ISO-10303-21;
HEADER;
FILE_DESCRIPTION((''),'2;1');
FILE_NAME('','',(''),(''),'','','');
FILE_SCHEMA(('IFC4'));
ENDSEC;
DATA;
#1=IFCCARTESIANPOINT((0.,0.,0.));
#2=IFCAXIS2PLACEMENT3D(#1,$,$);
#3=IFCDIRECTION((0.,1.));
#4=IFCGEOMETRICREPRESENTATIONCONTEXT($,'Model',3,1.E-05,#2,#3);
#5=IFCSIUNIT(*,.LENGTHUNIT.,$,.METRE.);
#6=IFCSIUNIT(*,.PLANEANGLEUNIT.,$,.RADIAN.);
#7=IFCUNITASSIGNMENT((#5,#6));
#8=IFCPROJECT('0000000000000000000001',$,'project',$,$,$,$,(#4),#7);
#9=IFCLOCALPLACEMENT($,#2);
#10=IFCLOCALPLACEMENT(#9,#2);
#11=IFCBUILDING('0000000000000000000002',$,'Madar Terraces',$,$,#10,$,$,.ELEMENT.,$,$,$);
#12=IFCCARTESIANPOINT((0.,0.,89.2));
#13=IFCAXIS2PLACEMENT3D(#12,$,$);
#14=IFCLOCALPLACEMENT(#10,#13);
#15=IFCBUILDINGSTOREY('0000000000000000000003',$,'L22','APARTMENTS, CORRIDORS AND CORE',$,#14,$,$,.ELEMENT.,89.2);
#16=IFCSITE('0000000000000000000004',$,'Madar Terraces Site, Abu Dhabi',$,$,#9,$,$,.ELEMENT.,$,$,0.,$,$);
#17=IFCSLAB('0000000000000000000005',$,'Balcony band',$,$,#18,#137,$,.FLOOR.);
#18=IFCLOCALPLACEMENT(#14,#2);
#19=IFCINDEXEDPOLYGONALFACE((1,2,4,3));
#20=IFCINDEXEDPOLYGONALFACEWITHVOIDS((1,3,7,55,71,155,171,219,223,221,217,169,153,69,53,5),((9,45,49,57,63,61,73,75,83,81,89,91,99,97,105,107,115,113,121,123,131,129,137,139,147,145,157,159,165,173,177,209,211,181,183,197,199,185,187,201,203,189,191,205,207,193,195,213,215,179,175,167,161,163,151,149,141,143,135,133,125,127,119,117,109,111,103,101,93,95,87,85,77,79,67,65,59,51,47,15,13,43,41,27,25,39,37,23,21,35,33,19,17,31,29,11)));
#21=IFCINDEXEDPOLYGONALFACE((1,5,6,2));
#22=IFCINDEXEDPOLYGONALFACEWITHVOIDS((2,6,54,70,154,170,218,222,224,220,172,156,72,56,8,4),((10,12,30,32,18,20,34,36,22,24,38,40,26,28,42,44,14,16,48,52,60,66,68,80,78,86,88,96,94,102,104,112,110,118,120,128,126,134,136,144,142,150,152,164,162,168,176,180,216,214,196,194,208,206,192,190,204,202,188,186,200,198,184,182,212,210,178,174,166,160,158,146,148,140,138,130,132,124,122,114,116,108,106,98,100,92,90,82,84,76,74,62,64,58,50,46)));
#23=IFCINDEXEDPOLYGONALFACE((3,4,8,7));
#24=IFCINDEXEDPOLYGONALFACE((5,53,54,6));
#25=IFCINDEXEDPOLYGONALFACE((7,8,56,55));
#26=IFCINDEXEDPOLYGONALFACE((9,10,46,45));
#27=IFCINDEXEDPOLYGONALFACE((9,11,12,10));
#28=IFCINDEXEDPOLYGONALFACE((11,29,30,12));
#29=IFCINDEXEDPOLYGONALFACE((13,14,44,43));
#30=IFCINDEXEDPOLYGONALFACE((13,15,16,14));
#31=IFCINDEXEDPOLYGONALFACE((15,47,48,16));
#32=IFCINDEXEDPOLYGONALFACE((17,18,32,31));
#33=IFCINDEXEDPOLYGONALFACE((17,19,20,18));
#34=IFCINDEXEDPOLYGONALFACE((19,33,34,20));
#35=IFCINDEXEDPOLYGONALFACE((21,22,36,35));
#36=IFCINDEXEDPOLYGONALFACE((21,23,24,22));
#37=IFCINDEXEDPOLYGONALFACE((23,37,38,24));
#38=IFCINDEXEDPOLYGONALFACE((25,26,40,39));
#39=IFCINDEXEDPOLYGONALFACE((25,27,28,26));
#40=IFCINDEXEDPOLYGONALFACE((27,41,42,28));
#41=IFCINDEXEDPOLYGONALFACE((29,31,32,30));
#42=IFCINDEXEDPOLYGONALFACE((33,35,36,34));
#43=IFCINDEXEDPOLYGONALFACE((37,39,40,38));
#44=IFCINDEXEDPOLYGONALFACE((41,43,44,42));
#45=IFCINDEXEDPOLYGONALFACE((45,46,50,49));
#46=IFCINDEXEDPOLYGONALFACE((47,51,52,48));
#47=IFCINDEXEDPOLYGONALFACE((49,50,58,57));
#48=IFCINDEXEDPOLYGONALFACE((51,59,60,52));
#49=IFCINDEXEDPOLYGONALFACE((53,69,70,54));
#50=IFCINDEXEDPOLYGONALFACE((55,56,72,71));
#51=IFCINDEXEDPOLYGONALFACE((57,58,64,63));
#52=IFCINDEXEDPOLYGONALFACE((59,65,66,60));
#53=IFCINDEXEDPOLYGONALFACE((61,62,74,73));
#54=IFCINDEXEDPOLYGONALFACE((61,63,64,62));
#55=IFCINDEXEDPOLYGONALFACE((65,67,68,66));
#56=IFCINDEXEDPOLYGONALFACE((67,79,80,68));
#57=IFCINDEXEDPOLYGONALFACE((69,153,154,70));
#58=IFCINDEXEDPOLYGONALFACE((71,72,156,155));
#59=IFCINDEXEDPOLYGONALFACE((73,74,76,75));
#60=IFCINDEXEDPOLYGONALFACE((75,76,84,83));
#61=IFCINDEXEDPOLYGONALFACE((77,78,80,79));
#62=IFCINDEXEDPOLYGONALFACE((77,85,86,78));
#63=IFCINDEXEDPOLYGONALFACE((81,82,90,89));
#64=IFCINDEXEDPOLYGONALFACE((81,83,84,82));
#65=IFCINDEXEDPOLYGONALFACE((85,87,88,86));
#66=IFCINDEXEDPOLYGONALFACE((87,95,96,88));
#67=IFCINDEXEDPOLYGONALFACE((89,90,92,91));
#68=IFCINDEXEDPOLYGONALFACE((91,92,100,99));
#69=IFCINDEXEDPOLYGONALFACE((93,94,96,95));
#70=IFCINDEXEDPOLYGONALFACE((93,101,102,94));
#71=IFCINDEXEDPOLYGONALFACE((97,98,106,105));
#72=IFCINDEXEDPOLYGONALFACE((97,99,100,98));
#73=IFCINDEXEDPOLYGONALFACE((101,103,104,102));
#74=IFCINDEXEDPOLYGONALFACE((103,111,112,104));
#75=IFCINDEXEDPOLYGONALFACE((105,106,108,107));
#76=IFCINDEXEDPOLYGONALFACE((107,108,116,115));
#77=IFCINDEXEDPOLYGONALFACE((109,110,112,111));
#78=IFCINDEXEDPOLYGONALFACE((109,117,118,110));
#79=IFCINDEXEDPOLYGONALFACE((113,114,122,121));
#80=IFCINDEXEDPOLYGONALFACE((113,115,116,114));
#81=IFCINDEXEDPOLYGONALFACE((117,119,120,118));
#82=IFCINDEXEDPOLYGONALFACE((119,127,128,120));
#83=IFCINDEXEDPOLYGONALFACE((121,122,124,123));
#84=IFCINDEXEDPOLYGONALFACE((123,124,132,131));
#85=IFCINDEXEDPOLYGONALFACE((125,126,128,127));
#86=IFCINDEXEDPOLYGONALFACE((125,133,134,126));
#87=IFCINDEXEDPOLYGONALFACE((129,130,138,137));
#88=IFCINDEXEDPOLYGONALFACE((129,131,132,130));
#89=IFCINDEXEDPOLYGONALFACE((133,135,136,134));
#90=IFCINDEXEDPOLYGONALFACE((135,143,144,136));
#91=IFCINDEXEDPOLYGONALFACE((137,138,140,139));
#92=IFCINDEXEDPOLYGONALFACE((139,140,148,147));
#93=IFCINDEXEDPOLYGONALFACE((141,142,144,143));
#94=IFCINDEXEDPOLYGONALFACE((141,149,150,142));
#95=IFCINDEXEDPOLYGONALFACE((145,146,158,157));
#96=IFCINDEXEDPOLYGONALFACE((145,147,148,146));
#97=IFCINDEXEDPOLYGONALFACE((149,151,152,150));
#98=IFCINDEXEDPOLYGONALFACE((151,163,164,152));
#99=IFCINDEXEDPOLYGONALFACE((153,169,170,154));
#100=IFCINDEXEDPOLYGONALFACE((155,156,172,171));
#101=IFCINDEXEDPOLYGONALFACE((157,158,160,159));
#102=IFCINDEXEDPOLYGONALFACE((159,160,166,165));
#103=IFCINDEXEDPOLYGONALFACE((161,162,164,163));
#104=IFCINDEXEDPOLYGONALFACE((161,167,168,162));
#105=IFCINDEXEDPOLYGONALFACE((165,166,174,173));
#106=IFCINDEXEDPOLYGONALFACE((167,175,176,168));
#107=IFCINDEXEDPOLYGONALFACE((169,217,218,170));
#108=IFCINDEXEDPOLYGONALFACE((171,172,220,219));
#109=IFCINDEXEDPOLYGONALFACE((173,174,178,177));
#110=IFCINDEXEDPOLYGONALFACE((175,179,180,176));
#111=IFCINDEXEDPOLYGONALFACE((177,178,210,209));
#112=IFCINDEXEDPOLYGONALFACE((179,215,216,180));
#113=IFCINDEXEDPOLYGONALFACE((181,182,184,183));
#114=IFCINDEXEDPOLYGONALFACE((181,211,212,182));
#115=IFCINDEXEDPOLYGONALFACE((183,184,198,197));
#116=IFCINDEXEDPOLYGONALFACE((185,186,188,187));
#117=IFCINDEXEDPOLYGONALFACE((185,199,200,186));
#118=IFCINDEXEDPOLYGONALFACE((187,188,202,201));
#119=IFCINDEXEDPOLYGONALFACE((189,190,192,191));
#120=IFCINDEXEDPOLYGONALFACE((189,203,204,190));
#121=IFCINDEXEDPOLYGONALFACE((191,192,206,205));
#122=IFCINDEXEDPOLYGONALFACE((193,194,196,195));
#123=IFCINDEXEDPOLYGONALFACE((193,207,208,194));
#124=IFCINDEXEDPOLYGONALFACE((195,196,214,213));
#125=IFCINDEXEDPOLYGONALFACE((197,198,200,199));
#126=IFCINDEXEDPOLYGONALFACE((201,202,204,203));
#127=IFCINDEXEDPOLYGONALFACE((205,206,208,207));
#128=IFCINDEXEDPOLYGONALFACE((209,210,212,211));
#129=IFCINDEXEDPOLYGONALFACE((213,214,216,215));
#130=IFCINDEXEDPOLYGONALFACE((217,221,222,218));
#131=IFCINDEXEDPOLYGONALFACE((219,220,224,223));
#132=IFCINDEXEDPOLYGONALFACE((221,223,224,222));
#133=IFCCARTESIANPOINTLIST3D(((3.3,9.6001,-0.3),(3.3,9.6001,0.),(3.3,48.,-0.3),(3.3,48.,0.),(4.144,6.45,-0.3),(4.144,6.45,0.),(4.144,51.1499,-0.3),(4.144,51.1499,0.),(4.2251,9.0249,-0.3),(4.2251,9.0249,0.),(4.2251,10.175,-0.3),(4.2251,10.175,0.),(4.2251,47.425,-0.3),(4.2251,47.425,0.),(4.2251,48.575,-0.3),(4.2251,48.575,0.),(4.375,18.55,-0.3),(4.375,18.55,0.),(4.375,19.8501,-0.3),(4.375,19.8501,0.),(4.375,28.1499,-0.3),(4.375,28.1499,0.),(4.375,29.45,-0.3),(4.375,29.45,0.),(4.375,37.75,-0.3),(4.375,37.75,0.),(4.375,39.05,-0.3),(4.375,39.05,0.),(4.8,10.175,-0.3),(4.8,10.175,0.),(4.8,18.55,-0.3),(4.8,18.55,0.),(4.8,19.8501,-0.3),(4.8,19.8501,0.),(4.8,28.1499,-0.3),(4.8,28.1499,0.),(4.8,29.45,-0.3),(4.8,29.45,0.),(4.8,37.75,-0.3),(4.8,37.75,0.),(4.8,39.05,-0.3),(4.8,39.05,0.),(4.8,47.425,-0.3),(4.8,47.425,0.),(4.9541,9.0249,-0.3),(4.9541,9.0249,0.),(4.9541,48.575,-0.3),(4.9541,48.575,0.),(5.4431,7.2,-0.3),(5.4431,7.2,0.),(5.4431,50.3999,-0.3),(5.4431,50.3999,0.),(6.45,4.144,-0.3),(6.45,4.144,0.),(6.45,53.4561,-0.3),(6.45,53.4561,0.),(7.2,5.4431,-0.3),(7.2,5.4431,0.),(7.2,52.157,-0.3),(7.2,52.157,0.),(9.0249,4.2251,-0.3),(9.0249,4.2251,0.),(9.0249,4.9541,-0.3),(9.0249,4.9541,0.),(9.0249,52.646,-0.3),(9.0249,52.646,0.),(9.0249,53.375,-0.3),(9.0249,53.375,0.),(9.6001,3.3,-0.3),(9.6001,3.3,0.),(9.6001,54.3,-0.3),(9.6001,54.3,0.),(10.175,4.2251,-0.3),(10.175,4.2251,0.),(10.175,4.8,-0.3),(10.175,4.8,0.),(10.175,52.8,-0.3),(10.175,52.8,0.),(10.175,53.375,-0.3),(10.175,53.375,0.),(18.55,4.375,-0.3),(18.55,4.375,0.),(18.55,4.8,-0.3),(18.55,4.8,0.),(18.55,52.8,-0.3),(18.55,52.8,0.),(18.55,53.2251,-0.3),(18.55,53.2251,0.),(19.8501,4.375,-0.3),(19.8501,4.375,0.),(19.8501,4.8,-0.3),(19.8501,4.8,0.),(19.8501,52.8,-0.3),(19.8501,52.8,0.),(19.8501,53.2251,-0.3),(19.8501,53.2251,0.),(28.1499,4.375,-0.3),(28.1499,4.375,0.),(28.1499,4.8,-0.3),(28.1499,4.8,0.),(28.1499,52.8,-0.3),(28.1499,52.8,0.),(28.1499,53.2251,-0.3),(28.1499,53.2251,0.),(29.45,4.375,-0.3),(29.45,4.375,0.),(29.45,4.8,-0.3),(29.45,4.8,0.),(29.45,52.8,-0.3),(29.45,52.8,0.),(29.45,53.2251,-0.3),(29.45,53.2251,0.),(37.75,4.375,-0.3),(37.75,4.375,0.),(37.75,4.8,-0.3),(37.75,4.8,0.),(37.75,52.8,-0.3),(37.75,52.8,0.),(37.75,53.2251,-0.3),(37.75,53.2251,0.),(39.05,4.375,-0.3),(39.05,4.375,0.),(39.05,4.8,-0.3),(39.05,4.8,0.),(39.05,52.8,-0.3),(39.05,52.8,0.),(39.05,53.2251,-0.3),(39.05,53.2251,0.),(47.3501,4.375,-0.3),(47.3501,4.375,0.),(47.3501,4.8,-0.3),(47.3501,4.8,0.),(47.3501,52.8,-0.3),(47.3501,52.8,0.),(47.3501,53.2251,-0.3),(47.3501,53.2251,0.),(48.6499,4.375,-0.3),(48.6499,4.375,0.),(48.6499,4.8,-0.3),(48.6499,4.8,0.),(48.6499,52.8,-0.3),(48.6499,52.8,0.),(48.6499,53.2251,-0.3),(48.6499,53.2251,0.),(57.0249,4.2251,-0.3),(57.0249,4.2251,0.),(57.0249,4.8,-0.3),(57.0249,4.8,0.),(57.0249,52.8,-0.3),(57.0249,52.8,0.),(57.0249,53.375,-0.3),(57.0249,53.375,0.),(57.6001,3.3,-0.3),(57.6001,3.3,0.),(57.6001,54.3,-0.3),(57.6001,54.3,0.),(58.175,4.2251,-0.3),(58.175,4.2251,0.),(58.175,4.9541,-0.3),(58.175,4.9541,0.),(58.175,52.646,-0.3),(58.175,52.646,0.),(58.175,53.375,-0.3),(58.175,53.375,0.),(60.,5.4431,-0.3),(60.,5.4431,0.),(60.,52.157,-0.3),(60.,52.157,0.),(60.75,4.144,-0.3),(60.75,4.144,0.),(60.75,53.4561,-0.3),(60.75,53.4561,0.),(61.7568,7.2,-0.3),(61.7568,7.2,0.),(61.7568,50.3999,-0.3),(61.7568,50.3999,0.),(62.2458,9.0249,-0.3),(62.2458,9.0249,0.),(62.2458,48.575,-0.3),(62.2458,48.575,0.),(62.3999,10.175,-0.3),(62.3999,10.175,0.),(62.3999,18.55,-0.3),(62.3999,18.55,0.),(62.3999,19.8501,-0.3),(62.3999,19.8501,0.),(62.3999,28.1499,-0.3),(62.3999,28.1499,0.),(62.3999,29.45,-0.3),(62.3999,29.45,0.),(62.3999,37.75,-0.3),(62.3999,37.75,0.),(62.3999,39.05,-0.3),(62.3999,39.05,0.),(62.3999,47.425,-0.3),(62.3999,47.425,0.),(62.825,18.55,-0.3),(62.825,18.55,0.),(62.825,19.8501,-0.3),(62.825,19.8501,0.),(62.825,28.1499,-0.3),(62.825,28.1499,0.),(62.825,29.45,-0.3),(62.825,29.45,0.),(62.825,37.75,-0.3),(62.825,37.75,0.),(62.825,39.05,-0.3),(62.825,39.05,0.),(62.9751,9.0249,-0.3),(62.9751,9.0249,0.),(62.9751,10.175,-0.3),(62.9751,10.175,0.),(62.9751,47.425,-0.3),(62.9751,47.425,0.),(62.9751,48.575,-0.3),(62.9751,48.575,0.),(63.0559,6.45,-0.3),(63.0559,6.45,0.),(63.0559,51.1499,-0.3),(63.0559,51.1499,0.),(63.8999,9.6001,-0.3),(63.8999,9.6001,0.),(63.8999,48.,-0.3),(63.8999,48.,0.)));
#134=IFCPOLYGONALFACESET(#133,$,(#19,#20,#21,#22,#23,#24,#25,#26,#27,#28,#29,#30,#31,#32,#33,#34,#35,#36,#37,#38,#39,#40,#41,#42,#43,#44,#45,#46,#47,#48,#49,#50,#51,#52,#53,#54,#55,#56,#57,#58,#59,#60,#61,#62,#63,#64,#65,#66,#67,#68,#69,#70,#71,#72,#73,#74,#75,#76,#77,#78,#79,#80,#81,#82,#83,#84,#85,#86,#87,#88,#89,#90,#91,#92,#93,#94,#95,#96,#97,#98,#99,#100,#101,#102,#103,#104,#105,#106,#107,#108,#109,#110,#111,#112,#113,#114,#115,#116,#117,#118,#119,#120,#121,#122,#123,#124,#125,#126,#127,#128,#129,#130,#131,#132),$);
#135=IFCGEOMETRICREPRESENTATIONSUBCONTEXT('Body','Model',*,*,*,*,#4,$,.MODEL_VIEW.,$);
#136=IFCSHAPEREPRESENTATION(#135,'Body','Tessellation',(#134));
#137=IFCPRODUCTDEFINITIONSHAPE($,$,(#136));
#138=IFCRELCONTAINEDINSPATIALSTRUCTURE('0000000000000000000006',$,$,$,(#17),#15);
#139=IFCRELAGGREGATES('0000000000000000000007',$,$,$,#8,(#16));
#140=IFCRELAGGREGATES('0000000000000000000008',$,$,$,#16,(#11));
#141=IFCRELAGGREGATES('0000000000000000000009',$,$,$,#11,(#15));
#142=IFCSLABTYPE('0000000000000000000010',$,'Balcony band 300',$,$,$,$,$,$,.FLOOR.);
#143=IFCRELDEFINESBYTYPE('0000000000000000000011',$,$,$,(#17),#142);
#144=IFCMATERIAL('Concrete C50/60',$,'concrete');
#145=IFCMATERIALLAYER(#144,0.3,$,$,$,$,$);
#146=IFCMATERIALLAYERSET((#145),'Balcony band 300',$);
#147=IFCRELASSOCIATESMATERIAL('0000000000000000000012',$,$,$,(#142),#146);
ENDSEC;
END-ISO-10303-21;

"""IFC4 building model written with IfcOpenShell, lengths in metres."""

from ifc_helpers import new_model, si_unit, direction, frame, origin, place, context, subcontext, project, spatial, polyline, outline, extrude, material, layer, layer_set, type_object, element, save


model = new_model("IFC4")

# Units and contexts
model_context = context("Model", 3, precision=1e-05, world=origin(), true_north=direction((0.0, 1.0)))
body_context = subcontext(model_context, "Body", "Model", "MODEL_VIEW")
ifc_project = project(units=[si_unit("LENGTHUNIT", "METRE"), si_unit("PLANEANGLEUNIT", "RADIAN")], contexts=[model_context])

# Site, building, storey
site_placement = place(None, origin())
site = spatial("IfcSite", under=ifc_project, at=site_placement, Name="Madar Terraces Site, Abu Dhabi", CompositionType="ELEMENT", RefElevation=0.0)
building_placement = place(site_placement, origin())
building = spatial("IfcBuilding", under=site, at=building_placement, Name="Madar Terraces", CompositionType="ELEMENT")
storey_placement = place(building_placement, frame((0.0, 0.0, 89.2)))
storey = spatial("IfcBuildingStorey", under=building, at=storey_placement, Name="L22", Description="APARTMENTS, CORRIDORS AND CORE", CompositionType="ELEMENT", Elevation=89.2)

# Slab
ifc_material_1 = material(Name="Concrete C50/60", Category="concrete")
ifc_layer_1 = layer(ifc_material_1, 0.3)
ifc_layer_set_1 = layer_set([ifc_layer_1], Name="Balcony band 300")
slab_type_1 = type_object("IfcSlabType", Name="Balcony band 300", PredefinedType="FLOOR", material=ifc_layer_set_1)
slab_1_placement = place(storey_placement, frame((0.0, 0.0, -0.3)))
element("IfcSlab", 1, at=slab_1_placement, inside=storey, type_object=slab_type_1, Name="Balcony band", PredefinedType="FLOOR", context=body_context, shape_type="SweptSolid", body=[
    extrude(outline(polyline([(9.6001, 3.3), (6.45, 4.144), (4.144, 6.45), (3.3, 9.6001), (3.3, 48.0), (4.144, 51.1499), (6.45, 53.4561), (9.6001, 54.3), (57.6001, 54.3), (60.75, 53.4561), (63.0559, 51.1499), (63.8999, 48.0), (63.8999, 9.6001), (63.0559, 6.45), (60.75, 4.144), (57.6001, 3.3), (9.6001, 3.3)]), holes=[polyline([(10.175, 4.2251), (10.175, 4.8), (18.55, 4.8), (18.55, 4.375), (19.8501, 4.375), (19.8501, 4.8), (28.1499, 4.8), (28.1499, 4.375), (29.45, 4.375), (29.45, 4.8), (37.75, 4.8), (37.75, 4.375), (39.05, 4.375), (39.05, 4.8), (47.3501, 4.8), (47.3501, 4.375), (48.6499, 4.375), (48.6499, 4.8), (57.0249, 4.8), (57.0249, 4.2251), (58.175, 4.2251), (58.175, 4.9541), (60.0, 5.4431), (61.7568, 7.2), (62.2458, 9.0249), (62.9751, 9.0249), (62.9751, 10.175), (62.3999, 10.175), (62.3999, 18.55), (62.825, 18.55), (62.825, 19.8501), (62.3999, 19.8501), (62.3999, 28.1499), (62.825, 28.1499), (62.825, 29.45), (62.3999, 29.45), (62.3999, 37.75), (62.825, 37.75), (62.825, 39.05), (62.3999, 39.05), (62.3999, 47.425), (62.9751, 47.425), (62.9751, 48.575), (62.2458, 48.575), (61.7568, 50.3999), (60.0, 52.157), (58.175, 52.646), (58.175, 53.375), (57.0249, 53.375), (57.0249, 52.8), (48.6499, 52.8), (48.6499, 53.2251), (47.3501, 53.2251), (47.3501, 52.8), (39.05, 52.8), (39.05, 53.2251), (37.75, 53.2251), (37.75, 52.8), (29.45, 52.8), (29.45, 53.2251), (28.1499, 53.2251), (28.1499, 52.8), (19.8501, 52.8), (19.8501, 53.2251), (18.55, 53.2251), (18.55, 52.8), (10.175, 52.8), (10.175, 53.375), (9.0249, 53.375), (9.0249, 52.646), (7.2, 52.157), (5.4431, 50.3999), (4.9541, 48.575), (4.2251, 48.575), (4.2251, 47.425), (4.8, 47.425), (4.8, 39.05), (4.375, 39.05), (4.375, 37.75), (4.8, 37.75), (4.8, 29.45), (4.375, 29.45), (4.375, 28.1499), (4.8, 28.1499), (4.8, 19.8501), (4.375, 19.8501), (4.375, 18.55), (4.8, 18.55), (4.8, 10.175), (4.2251, 10.175), (4.2251, 9.0249), (4.9541, 9.0249), (5.4431, 7.2), (7.2, 5.4431), (9.0249, 4.9541), (9.0249, 4.2251), (10.175, 4.2251)])]), origin(), (0.0, 0.0, 1.0), 0.3),
])

save(model, "model.ifc")
